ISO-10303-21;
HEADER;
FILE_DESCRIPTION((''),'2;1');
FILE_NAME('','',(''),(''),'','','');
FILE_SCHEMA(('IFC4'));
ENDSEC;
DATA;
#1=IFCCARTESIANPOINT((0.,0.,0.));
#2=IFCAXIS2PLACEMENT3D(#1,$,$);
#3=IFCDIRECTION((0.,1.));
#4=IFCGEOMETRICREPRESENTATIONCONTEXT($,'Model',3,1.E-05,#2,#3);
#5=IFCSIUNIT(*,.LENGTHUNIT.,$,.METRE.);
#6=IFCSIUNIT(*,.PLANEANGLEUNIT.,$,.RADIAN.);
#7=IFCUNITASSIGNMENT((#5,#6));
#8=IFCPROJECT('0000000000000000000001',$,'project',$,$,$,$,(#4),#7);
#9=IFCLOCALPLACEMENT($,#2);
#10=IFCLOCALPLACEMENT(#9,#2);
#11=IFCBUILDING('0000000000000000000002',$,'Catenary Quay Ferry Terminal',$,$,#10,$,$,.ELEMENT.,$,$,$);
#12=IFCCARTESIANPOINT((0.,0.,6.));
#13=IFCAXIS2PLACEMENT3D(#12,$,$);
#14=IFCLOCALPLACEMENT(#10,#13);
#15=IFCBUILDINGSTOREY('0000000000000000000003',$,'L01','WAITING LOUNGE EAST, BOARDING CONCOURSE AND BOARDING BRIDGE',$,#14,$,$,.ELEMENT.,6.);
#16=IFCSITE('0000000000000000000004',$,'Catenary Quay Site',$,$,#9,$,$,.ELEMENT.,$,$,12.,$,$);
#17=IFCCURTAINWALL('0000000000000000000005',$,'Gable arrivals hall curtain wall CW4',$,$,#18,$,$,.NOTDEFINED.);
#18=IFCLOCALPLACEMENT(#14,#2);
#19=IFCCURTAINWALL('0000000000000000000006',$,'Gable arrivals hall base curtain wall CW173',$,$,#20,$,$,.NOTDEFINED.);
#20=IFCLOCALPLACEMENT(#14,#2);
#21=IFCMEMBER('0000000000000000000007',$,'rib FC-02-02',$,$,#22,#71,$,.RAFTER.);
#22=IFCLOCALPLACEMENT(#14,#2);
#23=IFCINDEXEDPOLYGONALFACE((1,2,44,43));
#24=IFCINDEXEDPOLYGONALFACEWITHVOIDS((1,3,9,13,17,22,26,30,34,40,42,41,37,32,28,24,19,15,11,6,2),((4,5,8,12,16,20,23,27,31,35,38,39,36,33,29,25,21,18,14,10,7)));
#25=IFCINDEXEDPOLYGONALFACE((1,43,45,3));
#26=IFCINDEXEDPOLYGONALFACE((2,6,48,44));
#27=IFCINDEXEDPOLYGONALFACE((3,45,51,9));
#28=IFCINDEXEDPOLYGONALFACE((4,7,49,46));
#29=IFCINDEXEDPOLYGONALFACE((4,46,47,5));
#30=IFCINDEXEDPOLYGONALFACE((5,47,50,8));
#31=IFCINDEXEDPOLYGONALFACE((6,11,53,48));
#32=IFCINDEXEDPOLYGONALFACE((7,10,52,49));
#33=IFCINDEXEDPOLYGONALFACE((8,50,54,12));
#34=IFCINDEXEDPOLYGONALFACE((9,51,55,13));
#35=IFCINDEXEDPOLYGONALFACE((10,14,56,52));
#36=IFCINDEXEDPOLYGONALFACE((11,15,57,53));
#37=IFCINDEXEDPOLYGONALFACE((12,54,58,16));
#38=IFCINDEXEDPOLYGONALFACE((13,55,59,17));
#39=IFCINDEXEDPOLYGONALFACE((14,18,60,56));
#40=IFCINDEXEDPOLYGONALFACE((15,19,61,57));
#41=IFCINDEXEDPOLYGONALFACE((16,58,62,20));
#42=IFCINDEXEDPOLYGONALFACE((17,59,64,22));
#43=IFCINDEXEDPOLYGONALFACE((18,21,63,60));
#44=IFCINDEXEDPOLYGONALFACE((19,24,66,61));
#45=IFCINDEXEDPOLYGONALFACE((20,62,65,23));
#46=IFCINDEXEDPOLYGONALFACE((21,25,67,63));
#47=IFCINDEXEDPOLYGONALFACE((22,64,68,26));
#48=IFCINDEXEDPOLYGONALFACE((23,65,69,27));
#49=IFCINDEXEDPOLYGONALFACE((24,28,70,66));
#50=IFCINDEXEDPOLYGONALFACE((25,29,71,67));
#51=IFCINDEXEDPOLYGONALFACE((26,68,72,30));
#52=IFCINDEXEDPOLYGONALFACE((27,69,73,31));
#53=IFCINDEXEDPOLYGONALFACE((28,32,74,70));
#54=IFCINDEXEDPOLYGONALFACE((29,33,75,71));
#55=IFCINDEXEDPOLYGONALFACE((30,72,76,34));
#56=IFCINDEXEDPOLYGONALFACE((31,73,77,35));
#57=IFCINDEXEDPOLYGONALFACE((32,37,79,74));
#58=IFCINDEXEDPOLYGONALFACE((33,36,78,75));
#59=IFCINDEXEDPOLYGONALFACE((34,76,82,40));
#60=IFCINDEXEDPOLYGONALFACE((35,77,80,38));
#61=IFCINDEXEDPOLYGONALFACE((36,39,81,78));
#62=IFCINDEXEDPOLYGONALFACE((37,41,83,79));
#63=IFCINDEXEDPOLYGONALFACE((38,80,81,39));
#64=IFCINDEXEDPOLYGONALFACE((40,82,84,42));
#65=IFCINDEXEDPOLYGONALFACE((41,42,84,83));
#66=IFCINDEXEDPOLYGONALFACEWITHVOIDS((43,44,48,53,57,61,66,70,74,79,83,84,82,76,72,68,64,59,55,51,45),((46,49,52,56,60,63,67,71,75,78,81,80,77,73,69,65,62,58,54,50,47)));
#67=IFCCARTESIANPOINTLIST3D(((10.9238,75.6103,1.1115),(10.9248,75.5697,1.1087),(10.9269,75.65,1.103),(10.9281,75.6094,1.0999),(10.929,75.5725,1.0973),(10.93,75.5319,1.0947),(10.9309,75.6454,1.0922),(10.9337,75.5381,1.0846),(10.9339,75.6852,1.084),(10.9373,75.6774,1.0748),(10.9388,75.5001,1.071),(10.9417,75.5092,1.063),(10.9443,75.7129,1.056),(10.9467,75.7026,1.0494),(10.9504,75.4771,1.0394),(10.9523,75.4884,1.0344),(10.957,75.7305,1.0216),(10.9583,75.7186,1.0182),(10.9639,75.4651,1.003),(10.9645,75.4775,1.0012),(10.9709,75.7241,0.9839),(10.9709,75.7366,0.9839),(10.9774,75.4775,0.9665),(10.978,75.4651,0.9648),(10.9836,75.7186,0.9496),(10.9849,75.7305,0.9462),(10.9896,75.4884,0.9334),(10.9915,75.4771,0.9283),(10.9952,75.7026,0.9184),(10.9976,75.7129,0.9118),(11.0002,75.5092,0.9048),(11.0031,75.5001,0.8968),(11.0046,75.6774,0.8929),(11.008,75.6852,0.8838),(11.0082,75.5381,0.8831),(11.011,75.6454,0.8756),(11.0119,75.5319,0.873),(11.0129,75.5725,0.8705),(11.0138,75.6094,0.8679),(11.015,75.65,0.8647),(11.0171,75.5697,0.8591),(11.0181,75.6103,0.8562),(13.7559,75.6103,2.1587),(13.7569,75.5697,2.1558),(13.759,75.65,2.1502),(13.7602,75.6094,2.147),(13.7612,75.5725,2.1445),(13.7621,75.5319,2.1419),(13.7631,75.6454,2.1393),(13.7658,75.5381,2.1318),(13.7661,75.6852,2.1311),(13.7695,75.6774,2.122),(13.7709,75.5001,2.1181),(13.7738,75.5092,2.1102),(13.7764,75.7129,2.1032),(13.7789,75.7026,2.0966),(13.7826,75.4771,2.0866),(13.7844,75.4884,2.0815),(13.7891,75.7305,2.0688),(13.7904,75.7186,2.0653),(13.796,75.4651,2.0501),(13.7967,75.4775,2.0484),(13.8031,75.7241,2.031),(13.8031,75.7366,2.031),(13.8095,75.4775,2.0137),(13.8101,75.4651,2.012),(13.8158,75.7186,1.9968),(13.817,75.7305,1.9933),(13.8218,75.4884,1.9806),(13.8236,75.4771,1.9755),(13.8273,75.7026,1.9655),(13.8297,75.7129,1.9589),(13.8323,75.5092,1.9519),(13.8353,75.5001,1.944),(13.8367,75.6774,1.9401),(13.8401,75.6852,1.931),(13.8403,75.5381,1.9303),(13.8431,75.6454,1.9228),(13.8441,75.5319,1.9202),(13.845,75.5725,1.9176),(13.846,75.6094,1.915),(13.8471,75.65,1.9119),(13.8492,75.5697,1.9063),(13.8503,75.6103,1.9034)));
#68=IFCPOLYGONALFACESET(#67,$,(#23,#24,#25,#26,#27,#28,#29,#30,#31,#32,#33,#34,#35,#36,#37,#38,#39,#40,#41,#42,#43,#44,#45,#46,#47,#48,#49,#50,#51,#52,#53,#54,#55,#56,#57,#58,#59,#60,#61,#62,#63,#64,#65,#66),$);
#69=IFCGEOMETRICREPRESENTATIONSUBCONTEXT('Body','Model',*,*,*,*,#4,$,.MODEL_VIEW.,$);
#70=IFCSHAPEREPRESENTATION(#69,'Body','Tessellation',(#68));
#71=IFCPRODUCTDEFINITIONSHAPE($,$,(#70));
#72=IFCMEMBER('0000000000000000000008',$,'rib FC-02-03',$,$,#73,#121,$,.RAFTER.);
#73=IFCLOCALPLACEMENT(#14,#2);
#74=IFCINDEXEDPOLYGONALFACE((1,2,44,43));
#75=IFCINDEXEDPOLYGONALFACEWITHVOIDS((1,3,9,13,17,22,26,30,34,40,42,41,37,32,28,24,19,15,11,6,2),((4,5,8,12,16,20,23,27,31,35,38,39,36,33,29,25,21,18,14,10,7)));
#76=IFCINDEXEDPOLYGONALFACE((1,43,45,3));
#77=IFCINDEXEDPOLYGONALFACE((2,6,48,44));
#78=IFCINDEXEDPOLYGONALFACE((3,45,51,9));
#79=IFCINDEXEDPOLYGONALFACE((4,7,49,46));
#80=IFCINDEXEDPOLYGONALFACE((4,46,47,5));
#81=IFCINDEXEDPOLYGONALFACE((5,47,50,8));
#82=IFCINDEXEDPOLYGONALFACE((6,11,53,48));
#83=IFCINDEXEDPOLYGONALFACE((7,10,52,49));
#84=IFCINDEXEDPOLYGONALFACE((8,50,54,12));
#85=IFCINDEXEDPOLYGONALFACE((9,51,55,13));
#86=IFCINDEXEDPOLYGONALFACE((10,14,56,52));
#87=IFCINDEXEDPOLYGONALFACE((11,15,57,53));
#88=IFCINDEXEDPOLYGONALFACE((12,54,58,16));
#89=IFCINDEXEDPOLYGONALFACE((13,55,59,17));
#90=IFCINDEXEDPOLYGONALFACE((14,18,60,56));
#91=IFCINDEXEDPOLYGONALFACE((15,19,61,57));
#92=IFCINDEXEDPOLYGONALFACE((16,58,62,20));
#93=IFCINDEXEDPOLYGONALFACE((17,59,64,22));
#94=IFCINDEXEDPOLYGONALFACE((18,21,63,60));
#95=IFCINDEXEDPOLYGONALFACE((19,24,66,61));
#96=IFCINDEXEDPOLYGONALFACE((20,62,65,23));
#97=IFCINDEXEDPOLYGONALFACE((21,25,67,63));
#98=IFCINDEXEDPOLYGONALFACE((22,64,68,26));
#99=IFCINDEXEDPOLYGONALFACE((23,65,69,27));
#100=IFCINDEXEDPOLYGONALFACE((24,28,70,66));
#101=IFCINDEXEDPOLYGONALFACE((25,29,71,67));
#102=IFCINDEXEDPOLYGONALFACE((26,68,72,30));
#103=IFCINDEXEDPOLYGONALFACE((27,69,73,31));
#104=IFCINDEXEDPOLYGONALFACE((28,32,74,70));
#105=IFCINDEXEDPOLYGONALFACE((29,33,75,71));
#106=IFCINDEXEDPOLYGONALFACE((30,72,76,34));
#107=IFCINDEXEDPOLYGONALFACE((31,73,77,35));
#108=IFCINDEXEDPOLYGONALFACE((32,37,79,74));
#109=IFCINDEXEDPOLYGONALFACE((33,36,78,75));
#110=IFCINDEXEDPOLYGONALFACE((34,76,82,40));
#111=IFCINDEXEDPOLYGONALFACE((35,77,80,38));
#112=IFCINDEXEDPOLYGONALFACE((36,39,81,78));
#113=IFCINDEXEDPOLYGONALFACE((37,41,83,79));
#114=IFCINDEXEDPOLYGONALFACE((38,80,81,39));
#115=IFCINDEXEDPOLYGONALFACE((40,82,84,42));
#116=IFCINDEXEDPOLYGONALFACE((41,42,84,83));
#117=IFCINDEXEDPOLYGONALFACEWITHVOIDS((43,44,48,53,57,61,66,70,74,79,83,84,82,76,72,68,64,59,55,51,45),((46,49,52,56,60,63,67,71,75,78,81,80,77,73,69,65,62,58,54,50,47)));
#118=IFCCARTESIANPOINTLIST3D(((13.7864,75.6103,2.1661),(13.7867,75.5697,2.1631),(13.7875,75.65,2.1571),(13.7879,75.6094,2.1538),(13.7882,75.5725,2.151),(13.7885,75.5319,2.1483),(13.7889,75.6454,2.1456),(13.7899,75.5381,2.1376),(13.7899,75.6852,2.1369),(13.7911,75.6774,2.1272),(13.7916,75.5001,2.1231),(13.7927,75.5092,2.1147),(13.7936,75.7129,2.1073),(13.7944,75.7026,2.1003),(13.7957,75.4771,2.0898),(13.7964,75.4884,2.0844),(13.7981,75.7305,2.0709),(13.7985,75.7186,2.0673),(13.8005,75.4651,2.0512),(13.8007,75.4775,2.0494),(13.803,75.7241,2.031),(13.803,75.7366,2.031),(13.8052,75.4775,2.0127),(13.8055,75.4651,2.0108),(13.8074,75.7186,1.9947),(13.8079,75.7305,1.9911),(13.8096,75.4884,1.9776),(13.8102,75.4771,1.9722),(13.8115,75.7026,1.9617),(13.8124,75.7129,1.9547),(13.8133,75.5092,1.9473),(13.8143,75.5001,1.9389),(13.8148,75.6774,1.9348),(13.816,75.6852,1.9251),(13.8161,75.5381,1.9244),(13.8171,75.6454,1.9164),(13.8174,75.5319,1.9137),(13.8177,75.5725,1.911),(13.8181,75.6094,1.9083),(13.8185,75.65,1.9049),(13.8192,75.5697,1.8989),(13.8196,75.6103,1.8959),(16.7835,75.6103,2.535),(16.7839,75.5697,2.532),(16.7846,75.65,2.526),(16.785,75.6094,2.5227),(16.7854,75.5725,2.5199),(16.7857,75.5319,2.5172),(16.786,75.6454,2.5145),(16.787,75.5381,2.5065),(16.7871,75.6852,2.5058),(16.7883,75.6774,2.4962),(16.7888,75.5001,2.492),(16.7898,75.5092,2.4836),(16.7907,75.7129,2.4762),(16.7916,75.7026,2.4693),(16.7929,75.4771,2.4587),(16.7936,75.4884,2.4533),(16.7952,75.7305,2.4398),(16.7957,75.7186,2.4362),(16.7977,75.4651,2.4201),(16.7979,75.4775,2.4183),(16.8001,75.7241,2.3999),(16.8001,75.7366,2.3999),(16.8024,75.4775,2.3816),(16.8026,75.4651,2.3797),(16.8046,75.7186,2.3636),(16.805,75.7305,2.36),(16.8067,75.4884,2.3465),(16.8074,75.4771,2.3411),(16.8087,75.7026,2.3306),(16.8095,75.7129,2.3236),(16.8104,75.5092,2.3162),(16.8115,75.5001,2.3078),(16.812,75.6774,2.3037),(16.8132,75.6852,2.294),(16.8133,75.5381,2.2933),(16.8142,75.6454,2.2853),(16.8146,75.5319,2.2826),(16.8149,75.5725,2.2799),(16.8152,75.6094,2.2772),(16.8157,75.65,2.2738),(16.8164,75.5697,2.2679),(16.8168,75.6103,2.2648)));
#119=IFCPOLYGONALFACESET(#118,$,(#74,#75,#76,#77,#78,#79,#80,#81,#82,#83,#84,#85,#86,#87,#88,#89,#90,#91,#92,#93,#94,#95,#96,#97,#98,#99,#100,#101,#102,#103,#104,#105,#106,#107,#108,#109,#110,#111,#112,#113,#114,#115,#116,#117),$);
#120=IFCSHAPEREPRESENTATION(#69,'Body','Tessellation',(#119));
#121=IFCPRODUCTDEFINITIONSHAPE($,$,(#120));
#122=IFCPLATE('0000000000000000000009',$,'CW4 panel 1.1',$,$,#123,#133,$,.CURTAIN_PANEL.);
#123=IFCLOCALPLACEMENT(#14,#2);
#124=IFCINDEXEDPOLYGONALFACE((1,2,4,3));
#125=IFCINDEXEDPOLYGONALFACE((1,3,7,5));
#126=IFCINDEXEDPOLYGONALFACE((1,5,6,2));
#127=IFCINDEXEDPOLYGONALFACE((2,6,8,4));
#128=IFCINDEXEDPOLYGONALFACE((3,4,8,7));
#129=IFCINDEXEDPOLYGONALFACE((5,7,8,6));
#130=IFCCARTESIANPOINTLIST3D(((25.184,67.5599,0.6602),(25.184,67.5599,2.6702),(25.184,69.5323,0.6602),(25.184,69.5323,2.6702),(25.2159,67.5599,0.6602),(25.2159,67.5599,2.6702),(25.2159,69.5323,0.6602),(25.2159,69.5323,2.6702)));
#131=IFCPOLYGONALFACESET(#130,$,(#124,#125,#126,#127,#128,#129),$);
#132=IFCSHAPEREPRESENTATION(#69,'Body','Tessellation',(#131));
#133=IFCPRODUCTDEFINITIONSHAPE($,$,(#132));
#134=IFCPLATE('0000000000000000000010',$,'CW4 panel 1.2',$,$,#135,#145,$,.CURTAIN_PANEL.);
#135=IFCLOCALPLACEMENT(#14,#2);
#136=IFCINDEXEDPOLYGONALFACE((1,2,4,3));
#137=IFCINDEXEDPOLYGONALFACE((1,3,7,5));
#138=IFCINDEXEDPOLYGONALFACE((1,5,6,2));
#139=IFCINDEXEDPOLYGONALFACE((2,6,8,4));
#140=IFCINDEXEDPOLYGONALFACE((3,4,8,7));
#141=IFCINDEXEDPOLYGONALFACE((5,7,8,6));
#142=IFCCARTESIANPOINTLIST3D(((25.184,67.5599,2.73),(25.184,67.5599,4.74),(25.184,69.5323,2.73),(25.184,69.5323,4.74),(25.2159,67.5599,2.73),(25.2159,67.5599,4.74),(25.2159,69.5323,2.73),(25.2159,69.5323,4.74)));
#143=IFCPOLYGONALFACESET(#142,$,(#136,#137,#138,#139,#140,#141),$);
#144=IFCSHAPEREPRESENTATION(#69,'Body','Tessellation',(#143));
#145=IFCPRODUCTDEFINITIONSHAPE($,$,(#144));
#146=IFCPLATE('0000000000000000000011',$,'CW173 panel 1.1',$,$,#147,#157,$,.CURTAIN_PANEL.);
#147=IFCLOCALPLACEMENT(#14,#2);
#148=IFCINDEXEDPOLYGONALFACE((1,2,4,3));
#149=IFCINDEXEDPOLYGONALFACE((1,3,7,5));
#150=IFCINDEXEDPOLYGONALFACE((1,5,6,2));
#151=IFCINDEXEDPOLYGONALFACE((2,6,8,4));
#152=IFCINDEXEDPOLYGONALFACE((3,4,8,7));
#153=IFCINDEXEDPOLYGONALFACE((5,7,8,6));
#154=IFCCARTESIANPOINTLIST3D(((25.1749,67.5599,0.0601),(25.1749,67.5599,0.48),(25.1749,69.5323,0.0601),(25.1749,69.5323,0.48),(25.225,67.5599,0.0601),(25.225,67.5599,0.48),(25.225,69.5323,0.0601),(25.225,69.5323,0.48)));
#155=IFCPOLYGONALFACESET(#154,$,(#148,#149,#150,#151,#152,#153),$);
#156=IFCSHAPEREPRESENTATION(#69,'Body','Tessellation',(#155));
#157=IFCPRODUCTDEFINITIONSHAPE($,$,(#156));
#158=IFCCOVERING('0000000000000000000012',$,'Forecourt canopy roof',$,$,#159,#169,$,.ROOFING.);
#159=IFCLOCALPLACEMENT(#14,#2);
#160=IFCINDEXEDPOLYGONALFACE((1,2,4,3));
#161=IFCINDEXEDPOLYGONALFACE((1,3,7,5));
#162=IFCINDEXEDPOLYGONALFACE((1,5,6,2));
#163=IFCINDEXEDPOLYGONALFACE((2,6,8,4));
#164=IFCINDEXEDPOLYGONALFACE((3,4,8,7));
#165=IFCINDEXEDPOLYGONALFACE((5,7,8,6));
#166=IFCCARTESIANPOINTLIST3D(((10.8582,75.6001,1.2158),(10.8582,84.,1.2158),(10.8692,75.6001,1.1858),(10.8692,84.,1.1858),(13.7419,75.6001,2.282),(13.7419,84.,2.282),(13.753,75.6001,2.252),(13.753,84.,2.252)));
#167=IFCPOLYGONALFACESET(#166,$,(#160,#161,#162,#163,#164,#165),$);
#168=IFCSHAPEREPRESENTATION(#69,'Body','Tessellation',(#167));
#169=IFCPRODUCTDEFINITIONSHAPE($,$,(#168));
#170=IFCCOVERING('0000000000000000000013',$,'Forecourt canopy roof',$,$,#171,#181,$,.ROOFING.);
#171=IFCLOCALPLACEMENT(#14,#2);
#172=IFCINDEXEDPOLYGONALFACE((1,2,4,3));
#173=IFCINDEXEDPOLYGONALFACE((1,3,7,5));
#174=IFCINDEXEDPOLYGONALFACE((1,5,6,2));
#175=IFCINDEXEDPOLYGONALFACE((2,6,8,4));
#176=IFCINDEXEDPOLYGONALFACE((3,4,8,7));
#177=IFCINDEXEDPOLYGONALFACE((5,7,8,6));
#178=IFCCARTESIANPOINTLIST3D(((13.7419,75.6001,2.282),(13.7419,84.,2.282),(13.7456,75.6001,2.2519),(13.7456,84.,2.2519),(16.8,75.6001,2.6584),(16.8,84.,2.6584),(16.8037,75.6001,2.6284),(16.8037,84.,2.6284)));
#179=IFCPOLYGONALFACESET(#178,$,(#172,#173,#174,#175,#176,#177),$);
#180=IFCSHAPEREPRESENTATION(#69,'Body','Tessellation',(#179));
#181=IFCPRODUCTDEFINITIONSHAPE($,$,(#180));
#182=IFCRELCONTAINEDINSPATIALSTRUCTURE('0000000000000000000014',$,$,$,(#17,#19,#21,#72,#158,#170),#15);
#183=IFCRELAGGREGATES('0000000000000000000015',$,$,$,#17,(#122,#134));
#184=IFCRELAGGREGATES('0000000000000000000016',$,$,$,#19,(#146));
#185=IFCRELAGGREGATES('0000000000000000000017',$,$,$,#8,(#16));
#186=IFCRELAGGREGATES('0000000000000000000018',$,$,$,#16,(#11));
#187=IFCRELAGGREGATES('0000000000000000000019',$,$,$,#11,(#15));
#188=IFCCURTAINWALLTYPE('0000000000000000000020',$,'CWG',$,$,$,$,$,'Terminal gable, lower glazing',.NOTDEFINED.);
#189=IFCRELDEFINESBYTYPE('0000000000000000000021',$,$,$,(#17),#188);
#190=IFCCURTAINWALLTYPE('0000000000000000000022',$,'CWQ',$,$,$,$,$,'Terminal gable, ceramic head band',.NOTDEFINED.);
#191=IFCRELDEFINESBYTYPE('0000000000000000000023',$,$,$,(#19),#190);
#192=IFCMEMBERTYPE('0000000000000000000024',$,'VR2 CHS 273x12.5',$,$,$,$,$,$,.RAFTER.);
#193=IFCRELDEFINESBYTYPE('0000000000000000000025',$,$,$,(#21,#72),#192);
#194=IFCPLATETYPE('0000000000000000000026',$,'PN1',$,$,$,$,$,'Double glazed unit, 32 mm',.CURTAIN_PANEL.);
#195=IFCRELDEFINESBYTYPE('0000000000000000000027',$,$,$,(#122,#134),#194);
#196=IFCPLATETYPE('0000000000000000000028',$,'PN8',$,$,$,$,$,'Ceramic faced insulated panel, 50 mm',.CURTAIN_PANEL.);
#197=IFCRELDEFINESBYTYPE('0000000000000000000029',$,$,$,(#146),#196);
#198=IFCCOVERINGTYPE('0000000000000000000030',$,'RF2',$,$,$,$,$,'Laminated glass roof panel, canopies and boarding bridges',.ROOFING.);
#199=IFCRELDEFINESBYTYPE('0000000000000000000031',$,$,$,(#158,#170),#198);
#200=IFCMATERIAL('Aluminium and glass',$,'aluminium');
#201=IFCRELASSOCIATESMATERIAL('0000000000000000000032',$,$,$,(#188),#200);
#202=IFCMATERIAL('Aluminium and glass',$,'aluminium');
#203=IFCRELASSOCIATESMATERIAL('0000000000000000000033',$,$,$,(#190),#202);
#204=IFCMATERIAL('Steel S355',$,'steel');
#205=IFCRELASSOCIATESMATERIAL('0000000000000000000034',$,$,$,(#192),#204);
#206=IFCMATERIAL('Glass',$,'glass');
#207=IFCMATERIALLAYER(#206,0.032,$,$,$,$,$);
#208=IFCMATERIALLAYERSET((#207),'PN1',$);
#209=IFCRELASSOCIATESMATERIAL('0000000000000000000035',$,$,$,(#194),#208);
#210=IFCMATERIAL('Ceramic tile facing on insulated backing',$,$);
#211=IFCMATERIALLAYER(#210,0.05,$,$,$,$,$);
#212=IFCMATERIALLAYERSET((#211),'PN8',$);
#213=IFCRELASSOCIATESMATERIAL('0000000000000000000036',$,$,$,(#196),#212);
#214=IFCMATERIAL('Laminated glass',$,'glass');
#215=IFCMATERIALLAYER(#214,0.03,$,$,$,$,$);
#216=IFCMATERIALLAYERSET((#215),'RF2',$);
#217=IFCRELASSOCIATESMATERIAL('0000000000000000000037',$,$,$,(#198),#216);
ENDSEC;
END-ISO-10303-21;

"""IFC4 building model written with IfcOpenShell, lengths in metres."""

from ifc_helpers import new_model, si_unit, direction, frame, origin, origin_2d, place, context, subcontext, project, spatial, polyline, rectangle, hollow_circle, outline, extrude, material, layer, layer_set, material_profile, profile_set, type_object, element, aggregate, save


model = new_model("IFC4")

# Units and contexts
model_context = context("Model", 3, precision=1e-05, world=origin(), true_north=direction((0.0, 1.0)))
body_context = subcontext(model_context, "Body", "Model", "MODEL_VIEW")
ifc_project = project(units=[si_unit("LENGTHUNIT", "METRE"), si_unit("PLANEANGLEUNIT", "RADIAN")], contexts=[model_context])

# Site, building, storey
site_placement = place(None, origin())
site = spatial("IfcSite", under=ifc_project, at=site_placement, Name="Catenary Quay Site", CompositionType="ELEMENT", RefElevation=12.0)
building_placement = place(site_placement, origin())
building = spatial("IfcBuilding", under=site, at=building_placement, Name="Catenary Quay Ferry Terminal", CompositionType="ELEMENT")
storey_placement = place(building_placement, frame((0.0, 0.0, 6.0)))
storey = spatial("IfcBuildingStorey", under=building, at=storey_placement, Name="L01", Description="WAITING LOUNGE EAST, BOARDING CONCOURSE AND BOARDING BRIDGE", CompositionType="ELEMENT", Elevation=6.0)

# Curtain walls
ifc_material_1 = material(Name="Aluminium and glass", Category="aluminium")
curtain_wall_type_1 = type_object("IfcCurtainWallType", Name="CWG", ElementType="Terminal gable, lower glazing", PredefinedType="NOTDEFINED", material=ifc_material_1)
curtain_wall_1_placement = place(storey_placement, origin())
curtain_wall_1 = element("IfcCurtainWall", 1, at=curtain_wall_1_placement, inside=storey, type_object=curtain_wall_type_1, Name="Gable arrivals hall curtain wall CW4", PredefinedType="NOTDEFINED")
ifc_material_2 = material(Name="Aluminium and glass", Category="aluminium")
curtain_wall_type_2 = type_object("IfcCurtainWallType", Name="CWQ", ElementType="Terminal gable, ceramic head band", PredefinedType="NOTDEFINED", material=ifc_material_2)
curtain_wall_2_placement = place(storey_placement, origin())
curtain_wall_2 = element("IfcCurtainWall", 2, at=curtain_wall_2_placement, inside=storey, type_object=curtain_wall_type_2, Name="Gable arrivals hall base curtain wall CW173", PredefinedType="NOTDEFINED")

# Members
ifc_material_3 = material(Name="Steel S355", Category="steel")
ifc_material_profile_1 = material_profile(ifc_material_3, hollow_circle(Radius=0.1365, WallThickness=0.0125, at=origin_2d()), Name="CHS 273x12.5")
ifc_profile_set_1 = profile_set([ifc_material_profile_1], Name="Steel S355")
member_type_1 = type_object("IfcMemberType", Name="VR2 CHS 273x12.5", PredefinedType="RAFTER", material=ifc_profile_set_1)
member_1_placement = place(storey_placement, frame((10.9709, 75.6001, 0.9839), z_axis=(0.937941, 0.0, 0.346796), x_axis=(0.0, 1.0, 0.0)))
element("IfcMember", 3, at=member_1_placement, inside=storey, type_object=member_type_1, Name="rib FC-02-02", PredefinedType="RAFTER", context=body_context, shape_type="SweptSolid", body=[
    extrude(hollow_circle(Radius=0.1365, WallThickness=0.0125, at=origin_2d()), origin(), (0.0, 0.0, 1.0), 3.0195),
])
member_2_placement = place(storey_placement, frame((13.803, 75.6001, 2.031), z_axis=(0.99251, 0.0, 0.122164), x_axis=(0.0, 1.0, 0.0)))
element("IfcMember", 4, at=member_2_placement, inside=storey, type_object=member_type_1, Name="rib FC-02-03", PredefinedType="RAFTER", context=body_context, shape_type="SweptSolid", body=[
    extrude(hollow_circle(Radius=0.1365, WallThickness=0.0125, at=origin_2d()), origin(), (0.0, 0.0, 1.0), 3.0198),
])

# Plates
ifc_material_4 = material(Name="Glass", Category="glass")
ifc_layer_1 = layer(ifc_material_4, 0.032)
ifc_layer_set_1 = layer_set([ifc_layer_1], Name="PN1")
plate_type_1 = type_object("IfcPlateType", Name="PN1", ElementType="Double glazed unit, 32 mm", PredefinedType="CURTAIN_PANEL", material=ifc_layer_set_1)
plate_1_placement = place(storey_placement, frame((25.2, 68.5461, 0.6602), z_axis=(0.0, 0.0, 1.0), x_axis=(0.0, 1.0, 0.0)))
plate_1 = element("IfcPlate", 5, at=plate_1_placement, type_object=plate_type_1, Name="CW4 panel 1.1", PredefinedType="CURTAIN_PANEL", context=body_context, shape_type="SweptSolid", body=[
    extrude(rectangle(XDim=1.9724, YDim=0.032, at=origin_2d()), origin(), (0.0, 0.0, 1.0), 2.01),
])
plate_2_placement = place(storey_placement, frame((25.2, 68.5461, 2.73), z_axis=(0.0, 0.0, 1.0), x_axis=(0.0, 1.0, 0.0)))
plate_2 = element("IfcPlate", 6, at=plate_2_placement, type_object=plate_type_1, Name="CW4 panel 1.2", PredefinedType="CURTAIN_PANEL", context=body_context, shape_type="SweptSolid", body=[
    extrude(rectangle(XDim=1.9724, YDim=0.032, at=origin_2d()), origin(), (0.0, 0.0, 1.0), 2.01),
])
aggregate(curtain_wall_1, [plate_1, plate_2])
ifc_material_5 = material(Name="Ceramic tile facing on insulated backing")
ifc_layer_2 = layer(ifc_material_5, 0.05)
ifc_layer_set_2 = layer_set([ifc_layer_2], Name="PN8")
plate_type_2 = type_object("IfcPlateType", Name="PN8", ElementType="Ceramic faced insulated panel, 50 mm", PredefinedType="CURTAIN_PANEL", material=ifc_layer_set_2)
plate_3_placement = place(storey_placement, frame((25.2, 68.5461, 0.0601), z_axis=(0.0, 0.0, 1.0), x_axis=(0.0, 1.0, 0.0)))
plate_3 = element("IfcPlate", 7, at=plate_3_placement, type_object=plate_type_2, Name="CW173 panel 1.1", PredefinedType="CURTAIN_PANEL", context=body_context, shape_type="SweptSolid", body=[
    extrude(rectangle(XDim=1.9724, YDim=0.05, at=origin_2d()), origin(), (0.0, 0.0, 1.0), 0.4199),
])
aggregate(curtain_wall_2, [plate_3])

# Coverings
ifc_material_6 = material(Name="Laminated glass", Category="glass")
ifc_layer_3 = layer(ifc_material_6, 0.03)
ifc_layer_set_3 = layer_set([ifc_layer_3], Name="RF2")
covering_type = type_object("IfcCoveringType", Name="RF2", ElementType="Laminated glass roof panel, canopies and boarding bridges", PredefinedType="ROOFING", material=ifc_layer_set_3)
covering_1_placement = place(storey_placement, frame((10.8582, 75.6001, 1.2158), z_axis=(-0.346769, 0.0, 0.937951), x_axis=(0.0, 1.0, 0.0)))
element("IfcCovering", 8, at=covering_1_placement, inside=storey, type_object=covering_type, Name="Forecourt canopy roof", PredefinedType="ROOFING", context=body_context, shape_type="SweptSolid", body=[
    extrude(outline(polyline([(0.0, 0.0), (8.3999, 0.0), (8.3999, -3.0746), (0.0, -3.0746), (0.0, 0.0)])), origin(), (0.0, 0.0, -1.0), 0.032),
])
covering_2_placement = place(storey_placement, frame((13.7419, 75.6001, 2.282), z_axis=(-0.122182, 0.0, 0.992508), x_axis=(0.0, 1.0, 0.0)))
element("IfcCovering", 9, at=covering_2_placement, inside=storey, type_object=covering_type, Name="Forecourt canopy roof", PredefinedType="ROOFING", context=body_context, shape_type="SweptSolid", body=[
    extrude(outline(polyline([(0.0, 0.0), (8.3999, 0.0), (8.3999, -3.0812), (0.0, -3.0812), (0.0, 0.0)])), origin(), (0.0, 0.0, -1.0), 0.0303),
])

save(model, "model.ifc")
